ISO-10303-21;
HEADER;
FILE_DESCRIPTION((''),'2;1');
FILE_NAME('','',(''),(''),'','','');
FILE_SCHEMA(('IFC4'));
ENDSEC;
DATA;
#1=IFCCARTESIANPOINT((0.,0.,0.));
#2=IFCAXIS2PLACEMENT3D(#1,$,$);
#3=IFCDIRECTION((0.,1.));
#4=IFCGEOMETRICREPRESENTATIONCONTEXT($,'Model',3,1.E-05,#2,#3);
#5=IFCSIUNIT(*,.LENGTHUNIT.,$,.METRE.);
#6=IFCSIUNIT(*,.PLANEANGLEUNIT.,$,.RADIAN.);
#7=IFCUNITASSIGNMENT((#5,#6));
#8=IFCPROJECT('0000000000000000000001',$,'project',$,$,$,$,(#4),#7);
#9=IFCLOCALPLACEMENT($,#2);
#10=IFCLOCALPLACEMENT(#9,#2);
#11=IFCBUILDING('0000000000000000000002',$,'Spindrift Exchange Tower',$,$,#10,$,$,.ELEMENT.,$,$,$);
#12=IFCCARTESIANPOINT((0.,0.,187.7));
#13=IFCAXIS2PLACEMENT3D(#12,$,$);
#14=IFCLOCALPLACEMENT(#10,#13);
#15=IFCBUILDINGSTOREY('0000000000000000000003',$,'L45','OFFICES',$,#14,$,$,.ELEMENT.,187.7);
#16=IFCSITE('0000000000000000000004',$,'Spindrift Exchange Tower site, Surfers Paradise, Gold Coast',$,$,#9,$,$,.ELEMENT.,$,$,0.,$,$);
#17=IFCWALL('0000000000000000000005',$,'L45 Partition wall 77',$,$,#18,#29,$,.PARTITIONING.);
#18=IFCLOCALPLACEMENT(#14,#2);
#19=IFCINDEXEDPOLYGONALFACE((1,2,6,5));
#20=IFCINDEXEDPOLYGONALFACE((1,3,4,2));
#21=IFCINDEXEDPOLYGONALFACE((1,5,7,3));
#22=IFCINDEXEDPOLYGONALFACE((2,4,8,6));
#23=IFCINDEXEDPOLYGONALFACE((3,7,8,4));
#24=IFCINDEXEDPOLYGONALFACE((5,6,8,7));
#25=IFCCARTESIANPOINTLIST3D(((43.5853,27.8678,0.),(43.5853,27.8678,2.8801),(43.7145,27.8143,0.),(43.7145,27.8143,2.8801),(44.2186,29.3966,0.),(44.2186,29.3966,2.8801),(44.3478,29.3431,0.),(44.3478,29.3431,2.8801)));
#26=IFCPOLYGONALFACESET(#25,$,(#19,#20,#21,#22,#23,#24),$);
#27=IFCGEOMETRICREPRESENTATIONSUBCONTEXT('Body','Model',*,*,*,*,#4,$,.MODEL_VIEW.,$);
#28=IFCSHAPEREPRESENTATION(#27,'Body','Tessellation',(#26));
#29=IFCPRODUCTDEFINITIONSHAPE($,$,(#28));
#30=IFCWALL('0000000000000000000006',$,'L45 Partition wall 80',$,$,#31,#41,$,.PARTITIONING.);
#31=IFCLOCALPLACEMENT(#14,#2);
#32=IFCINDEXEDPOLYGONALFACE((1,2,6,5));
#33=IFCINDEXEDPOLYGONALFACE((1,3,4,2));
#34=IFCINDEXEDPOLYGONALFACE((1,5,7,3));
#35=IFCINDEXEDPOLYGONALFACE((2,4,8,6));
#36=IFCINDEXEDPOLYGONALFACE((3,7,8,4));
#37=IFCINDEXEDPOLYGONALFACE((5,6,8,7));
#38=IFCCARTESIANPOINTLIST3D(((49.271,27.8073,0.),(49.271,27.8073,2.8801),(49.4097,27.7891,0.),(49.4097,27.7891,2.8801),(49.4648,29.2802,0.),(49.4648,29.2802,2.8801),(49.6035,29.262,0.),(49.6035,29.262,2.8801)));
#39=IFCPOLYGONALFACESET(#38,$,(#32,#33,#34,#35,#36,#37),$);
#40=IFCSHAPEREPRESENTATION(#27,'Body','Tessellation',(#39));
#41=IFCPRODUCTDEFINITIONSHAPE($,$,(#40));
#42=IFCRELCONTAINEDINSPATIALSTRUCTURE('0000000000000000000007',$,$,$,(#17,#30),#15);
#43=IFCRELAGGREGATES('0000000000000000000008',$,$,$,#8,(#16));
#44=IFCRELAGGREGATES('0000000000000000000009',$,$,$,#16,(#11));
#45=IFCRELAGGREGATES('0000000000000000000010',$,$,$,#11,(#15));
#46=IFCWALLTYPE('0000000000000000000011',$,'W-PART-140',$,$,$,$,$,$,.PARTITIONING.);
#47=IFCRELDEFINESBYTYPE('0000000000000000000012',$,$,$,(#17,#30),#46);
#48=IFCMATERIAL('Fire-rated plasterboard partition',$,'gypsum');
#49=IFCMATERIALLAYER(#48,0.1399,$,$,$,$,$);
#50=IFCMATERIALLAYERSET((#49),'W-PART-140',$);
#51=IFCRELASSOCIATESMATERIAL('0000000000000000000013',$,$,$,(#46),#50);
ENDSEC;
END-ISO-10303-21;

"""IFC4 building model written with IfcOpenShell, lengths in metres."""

from ifc_helpers import new_model, si_unit, direction, frame, frame_2d, origin, place, context, subcontext, project, spatial, rectangle, extrude, material, layer, layer_set, type_object, element, save


model = new_model("IFC4")

# Units and contexts
model_context = context("Model", 3, precision=1e-05, world=origin(), true_north=direction((0.0, 1.0)))
body_context = subcontext(model_context, "Body", "Model", "MODEL_VIEW")
ifc_project = project(units=[si_unit("LENGTHUNIT", "METRE"), si_unit("PLANEANGLEUNIT", "RADIAN")], contexts=[model_context])

# Site, building, storey
site_placement = place(None, origin())
site = spatial("IfcSite", under=ifc_project, at=site_placement, Name="Spindrift Exchange Tower site, Surfers Paradise, Gold Coast", CompositionType="ELEMENT", RefElevation=0.0)
building_placement = place(site_placement, origin())
building = spatial("IfcBuilding", under=site, at=building_placement, Name="Spindrift Exchange Tower", CompositionType="ELEMENT")
storey_placement = place(building_placement, frame((0.0, 0.0, 187.7)))
storey = spatial("IfcBuildingStorey", under=building, at=storey_placement, Name="L45", Description="OFFICES", CompositionType="ELEMENT", Elevation=187.7)

# Shared definitions
ifc_material_1 = material(Name="Fire-rated plasterboard partition", Category="gypsum")
ifc_layer_1 = layer(ifc_material_1, 0.1399)
ifc_layer_set_1 = layer_set([ifc_layer_1], Name="W-PART-140")
wall_type = type_object("IfcWallType", Name="W-PART-140", PredefinedType="PARTITIONING", material=ifc_layer_set_1)

# Walls
wall_1_placement = place(storey_placement, frame((44.2832, 29.3699, 0.0), z_axis=(0.0, 0.0, 1.0), x_axis=(-0.382708, -0.923869, 0.0)))
element("IfcWall", 1, at=wall_1_placement, inside=storey, type_object=wall_type, Name="L45 Partition wall 77", PredefinedType="PARTITIONING", context=body_context, shape_type="SweptSolid", body=[
    extrude(rectangle(XDim=1.6548, YDim=0.1399, at=frame_2d((0.8274, 0.0))), origin(), (0.0, 0.0, 1.0), 2.8801),
])
wall_2_placement = place(storey_placement, frame((49.5342, 29.271, 0.0), z_axis=(0.0, 0.0, 1.0), x_axis=(-0.130484, -0.99145, 0.0)))
element("IfcWall", 2, at=wall_2_placement, inside=storey, type_object=wall_type, Name="L45 Partition wall 80", PredefinedType="PARTITIONING", context=body_context, shape_type="SweptSolid", body=[
    extrude(rectangle(XDim=1.4856, YDim=0.1399, at=frame_2d((0.7427, 0.0))), origin(), (0.0, 0.0, 1.0), 2.8801),
])

save(model, "model.ifc")
